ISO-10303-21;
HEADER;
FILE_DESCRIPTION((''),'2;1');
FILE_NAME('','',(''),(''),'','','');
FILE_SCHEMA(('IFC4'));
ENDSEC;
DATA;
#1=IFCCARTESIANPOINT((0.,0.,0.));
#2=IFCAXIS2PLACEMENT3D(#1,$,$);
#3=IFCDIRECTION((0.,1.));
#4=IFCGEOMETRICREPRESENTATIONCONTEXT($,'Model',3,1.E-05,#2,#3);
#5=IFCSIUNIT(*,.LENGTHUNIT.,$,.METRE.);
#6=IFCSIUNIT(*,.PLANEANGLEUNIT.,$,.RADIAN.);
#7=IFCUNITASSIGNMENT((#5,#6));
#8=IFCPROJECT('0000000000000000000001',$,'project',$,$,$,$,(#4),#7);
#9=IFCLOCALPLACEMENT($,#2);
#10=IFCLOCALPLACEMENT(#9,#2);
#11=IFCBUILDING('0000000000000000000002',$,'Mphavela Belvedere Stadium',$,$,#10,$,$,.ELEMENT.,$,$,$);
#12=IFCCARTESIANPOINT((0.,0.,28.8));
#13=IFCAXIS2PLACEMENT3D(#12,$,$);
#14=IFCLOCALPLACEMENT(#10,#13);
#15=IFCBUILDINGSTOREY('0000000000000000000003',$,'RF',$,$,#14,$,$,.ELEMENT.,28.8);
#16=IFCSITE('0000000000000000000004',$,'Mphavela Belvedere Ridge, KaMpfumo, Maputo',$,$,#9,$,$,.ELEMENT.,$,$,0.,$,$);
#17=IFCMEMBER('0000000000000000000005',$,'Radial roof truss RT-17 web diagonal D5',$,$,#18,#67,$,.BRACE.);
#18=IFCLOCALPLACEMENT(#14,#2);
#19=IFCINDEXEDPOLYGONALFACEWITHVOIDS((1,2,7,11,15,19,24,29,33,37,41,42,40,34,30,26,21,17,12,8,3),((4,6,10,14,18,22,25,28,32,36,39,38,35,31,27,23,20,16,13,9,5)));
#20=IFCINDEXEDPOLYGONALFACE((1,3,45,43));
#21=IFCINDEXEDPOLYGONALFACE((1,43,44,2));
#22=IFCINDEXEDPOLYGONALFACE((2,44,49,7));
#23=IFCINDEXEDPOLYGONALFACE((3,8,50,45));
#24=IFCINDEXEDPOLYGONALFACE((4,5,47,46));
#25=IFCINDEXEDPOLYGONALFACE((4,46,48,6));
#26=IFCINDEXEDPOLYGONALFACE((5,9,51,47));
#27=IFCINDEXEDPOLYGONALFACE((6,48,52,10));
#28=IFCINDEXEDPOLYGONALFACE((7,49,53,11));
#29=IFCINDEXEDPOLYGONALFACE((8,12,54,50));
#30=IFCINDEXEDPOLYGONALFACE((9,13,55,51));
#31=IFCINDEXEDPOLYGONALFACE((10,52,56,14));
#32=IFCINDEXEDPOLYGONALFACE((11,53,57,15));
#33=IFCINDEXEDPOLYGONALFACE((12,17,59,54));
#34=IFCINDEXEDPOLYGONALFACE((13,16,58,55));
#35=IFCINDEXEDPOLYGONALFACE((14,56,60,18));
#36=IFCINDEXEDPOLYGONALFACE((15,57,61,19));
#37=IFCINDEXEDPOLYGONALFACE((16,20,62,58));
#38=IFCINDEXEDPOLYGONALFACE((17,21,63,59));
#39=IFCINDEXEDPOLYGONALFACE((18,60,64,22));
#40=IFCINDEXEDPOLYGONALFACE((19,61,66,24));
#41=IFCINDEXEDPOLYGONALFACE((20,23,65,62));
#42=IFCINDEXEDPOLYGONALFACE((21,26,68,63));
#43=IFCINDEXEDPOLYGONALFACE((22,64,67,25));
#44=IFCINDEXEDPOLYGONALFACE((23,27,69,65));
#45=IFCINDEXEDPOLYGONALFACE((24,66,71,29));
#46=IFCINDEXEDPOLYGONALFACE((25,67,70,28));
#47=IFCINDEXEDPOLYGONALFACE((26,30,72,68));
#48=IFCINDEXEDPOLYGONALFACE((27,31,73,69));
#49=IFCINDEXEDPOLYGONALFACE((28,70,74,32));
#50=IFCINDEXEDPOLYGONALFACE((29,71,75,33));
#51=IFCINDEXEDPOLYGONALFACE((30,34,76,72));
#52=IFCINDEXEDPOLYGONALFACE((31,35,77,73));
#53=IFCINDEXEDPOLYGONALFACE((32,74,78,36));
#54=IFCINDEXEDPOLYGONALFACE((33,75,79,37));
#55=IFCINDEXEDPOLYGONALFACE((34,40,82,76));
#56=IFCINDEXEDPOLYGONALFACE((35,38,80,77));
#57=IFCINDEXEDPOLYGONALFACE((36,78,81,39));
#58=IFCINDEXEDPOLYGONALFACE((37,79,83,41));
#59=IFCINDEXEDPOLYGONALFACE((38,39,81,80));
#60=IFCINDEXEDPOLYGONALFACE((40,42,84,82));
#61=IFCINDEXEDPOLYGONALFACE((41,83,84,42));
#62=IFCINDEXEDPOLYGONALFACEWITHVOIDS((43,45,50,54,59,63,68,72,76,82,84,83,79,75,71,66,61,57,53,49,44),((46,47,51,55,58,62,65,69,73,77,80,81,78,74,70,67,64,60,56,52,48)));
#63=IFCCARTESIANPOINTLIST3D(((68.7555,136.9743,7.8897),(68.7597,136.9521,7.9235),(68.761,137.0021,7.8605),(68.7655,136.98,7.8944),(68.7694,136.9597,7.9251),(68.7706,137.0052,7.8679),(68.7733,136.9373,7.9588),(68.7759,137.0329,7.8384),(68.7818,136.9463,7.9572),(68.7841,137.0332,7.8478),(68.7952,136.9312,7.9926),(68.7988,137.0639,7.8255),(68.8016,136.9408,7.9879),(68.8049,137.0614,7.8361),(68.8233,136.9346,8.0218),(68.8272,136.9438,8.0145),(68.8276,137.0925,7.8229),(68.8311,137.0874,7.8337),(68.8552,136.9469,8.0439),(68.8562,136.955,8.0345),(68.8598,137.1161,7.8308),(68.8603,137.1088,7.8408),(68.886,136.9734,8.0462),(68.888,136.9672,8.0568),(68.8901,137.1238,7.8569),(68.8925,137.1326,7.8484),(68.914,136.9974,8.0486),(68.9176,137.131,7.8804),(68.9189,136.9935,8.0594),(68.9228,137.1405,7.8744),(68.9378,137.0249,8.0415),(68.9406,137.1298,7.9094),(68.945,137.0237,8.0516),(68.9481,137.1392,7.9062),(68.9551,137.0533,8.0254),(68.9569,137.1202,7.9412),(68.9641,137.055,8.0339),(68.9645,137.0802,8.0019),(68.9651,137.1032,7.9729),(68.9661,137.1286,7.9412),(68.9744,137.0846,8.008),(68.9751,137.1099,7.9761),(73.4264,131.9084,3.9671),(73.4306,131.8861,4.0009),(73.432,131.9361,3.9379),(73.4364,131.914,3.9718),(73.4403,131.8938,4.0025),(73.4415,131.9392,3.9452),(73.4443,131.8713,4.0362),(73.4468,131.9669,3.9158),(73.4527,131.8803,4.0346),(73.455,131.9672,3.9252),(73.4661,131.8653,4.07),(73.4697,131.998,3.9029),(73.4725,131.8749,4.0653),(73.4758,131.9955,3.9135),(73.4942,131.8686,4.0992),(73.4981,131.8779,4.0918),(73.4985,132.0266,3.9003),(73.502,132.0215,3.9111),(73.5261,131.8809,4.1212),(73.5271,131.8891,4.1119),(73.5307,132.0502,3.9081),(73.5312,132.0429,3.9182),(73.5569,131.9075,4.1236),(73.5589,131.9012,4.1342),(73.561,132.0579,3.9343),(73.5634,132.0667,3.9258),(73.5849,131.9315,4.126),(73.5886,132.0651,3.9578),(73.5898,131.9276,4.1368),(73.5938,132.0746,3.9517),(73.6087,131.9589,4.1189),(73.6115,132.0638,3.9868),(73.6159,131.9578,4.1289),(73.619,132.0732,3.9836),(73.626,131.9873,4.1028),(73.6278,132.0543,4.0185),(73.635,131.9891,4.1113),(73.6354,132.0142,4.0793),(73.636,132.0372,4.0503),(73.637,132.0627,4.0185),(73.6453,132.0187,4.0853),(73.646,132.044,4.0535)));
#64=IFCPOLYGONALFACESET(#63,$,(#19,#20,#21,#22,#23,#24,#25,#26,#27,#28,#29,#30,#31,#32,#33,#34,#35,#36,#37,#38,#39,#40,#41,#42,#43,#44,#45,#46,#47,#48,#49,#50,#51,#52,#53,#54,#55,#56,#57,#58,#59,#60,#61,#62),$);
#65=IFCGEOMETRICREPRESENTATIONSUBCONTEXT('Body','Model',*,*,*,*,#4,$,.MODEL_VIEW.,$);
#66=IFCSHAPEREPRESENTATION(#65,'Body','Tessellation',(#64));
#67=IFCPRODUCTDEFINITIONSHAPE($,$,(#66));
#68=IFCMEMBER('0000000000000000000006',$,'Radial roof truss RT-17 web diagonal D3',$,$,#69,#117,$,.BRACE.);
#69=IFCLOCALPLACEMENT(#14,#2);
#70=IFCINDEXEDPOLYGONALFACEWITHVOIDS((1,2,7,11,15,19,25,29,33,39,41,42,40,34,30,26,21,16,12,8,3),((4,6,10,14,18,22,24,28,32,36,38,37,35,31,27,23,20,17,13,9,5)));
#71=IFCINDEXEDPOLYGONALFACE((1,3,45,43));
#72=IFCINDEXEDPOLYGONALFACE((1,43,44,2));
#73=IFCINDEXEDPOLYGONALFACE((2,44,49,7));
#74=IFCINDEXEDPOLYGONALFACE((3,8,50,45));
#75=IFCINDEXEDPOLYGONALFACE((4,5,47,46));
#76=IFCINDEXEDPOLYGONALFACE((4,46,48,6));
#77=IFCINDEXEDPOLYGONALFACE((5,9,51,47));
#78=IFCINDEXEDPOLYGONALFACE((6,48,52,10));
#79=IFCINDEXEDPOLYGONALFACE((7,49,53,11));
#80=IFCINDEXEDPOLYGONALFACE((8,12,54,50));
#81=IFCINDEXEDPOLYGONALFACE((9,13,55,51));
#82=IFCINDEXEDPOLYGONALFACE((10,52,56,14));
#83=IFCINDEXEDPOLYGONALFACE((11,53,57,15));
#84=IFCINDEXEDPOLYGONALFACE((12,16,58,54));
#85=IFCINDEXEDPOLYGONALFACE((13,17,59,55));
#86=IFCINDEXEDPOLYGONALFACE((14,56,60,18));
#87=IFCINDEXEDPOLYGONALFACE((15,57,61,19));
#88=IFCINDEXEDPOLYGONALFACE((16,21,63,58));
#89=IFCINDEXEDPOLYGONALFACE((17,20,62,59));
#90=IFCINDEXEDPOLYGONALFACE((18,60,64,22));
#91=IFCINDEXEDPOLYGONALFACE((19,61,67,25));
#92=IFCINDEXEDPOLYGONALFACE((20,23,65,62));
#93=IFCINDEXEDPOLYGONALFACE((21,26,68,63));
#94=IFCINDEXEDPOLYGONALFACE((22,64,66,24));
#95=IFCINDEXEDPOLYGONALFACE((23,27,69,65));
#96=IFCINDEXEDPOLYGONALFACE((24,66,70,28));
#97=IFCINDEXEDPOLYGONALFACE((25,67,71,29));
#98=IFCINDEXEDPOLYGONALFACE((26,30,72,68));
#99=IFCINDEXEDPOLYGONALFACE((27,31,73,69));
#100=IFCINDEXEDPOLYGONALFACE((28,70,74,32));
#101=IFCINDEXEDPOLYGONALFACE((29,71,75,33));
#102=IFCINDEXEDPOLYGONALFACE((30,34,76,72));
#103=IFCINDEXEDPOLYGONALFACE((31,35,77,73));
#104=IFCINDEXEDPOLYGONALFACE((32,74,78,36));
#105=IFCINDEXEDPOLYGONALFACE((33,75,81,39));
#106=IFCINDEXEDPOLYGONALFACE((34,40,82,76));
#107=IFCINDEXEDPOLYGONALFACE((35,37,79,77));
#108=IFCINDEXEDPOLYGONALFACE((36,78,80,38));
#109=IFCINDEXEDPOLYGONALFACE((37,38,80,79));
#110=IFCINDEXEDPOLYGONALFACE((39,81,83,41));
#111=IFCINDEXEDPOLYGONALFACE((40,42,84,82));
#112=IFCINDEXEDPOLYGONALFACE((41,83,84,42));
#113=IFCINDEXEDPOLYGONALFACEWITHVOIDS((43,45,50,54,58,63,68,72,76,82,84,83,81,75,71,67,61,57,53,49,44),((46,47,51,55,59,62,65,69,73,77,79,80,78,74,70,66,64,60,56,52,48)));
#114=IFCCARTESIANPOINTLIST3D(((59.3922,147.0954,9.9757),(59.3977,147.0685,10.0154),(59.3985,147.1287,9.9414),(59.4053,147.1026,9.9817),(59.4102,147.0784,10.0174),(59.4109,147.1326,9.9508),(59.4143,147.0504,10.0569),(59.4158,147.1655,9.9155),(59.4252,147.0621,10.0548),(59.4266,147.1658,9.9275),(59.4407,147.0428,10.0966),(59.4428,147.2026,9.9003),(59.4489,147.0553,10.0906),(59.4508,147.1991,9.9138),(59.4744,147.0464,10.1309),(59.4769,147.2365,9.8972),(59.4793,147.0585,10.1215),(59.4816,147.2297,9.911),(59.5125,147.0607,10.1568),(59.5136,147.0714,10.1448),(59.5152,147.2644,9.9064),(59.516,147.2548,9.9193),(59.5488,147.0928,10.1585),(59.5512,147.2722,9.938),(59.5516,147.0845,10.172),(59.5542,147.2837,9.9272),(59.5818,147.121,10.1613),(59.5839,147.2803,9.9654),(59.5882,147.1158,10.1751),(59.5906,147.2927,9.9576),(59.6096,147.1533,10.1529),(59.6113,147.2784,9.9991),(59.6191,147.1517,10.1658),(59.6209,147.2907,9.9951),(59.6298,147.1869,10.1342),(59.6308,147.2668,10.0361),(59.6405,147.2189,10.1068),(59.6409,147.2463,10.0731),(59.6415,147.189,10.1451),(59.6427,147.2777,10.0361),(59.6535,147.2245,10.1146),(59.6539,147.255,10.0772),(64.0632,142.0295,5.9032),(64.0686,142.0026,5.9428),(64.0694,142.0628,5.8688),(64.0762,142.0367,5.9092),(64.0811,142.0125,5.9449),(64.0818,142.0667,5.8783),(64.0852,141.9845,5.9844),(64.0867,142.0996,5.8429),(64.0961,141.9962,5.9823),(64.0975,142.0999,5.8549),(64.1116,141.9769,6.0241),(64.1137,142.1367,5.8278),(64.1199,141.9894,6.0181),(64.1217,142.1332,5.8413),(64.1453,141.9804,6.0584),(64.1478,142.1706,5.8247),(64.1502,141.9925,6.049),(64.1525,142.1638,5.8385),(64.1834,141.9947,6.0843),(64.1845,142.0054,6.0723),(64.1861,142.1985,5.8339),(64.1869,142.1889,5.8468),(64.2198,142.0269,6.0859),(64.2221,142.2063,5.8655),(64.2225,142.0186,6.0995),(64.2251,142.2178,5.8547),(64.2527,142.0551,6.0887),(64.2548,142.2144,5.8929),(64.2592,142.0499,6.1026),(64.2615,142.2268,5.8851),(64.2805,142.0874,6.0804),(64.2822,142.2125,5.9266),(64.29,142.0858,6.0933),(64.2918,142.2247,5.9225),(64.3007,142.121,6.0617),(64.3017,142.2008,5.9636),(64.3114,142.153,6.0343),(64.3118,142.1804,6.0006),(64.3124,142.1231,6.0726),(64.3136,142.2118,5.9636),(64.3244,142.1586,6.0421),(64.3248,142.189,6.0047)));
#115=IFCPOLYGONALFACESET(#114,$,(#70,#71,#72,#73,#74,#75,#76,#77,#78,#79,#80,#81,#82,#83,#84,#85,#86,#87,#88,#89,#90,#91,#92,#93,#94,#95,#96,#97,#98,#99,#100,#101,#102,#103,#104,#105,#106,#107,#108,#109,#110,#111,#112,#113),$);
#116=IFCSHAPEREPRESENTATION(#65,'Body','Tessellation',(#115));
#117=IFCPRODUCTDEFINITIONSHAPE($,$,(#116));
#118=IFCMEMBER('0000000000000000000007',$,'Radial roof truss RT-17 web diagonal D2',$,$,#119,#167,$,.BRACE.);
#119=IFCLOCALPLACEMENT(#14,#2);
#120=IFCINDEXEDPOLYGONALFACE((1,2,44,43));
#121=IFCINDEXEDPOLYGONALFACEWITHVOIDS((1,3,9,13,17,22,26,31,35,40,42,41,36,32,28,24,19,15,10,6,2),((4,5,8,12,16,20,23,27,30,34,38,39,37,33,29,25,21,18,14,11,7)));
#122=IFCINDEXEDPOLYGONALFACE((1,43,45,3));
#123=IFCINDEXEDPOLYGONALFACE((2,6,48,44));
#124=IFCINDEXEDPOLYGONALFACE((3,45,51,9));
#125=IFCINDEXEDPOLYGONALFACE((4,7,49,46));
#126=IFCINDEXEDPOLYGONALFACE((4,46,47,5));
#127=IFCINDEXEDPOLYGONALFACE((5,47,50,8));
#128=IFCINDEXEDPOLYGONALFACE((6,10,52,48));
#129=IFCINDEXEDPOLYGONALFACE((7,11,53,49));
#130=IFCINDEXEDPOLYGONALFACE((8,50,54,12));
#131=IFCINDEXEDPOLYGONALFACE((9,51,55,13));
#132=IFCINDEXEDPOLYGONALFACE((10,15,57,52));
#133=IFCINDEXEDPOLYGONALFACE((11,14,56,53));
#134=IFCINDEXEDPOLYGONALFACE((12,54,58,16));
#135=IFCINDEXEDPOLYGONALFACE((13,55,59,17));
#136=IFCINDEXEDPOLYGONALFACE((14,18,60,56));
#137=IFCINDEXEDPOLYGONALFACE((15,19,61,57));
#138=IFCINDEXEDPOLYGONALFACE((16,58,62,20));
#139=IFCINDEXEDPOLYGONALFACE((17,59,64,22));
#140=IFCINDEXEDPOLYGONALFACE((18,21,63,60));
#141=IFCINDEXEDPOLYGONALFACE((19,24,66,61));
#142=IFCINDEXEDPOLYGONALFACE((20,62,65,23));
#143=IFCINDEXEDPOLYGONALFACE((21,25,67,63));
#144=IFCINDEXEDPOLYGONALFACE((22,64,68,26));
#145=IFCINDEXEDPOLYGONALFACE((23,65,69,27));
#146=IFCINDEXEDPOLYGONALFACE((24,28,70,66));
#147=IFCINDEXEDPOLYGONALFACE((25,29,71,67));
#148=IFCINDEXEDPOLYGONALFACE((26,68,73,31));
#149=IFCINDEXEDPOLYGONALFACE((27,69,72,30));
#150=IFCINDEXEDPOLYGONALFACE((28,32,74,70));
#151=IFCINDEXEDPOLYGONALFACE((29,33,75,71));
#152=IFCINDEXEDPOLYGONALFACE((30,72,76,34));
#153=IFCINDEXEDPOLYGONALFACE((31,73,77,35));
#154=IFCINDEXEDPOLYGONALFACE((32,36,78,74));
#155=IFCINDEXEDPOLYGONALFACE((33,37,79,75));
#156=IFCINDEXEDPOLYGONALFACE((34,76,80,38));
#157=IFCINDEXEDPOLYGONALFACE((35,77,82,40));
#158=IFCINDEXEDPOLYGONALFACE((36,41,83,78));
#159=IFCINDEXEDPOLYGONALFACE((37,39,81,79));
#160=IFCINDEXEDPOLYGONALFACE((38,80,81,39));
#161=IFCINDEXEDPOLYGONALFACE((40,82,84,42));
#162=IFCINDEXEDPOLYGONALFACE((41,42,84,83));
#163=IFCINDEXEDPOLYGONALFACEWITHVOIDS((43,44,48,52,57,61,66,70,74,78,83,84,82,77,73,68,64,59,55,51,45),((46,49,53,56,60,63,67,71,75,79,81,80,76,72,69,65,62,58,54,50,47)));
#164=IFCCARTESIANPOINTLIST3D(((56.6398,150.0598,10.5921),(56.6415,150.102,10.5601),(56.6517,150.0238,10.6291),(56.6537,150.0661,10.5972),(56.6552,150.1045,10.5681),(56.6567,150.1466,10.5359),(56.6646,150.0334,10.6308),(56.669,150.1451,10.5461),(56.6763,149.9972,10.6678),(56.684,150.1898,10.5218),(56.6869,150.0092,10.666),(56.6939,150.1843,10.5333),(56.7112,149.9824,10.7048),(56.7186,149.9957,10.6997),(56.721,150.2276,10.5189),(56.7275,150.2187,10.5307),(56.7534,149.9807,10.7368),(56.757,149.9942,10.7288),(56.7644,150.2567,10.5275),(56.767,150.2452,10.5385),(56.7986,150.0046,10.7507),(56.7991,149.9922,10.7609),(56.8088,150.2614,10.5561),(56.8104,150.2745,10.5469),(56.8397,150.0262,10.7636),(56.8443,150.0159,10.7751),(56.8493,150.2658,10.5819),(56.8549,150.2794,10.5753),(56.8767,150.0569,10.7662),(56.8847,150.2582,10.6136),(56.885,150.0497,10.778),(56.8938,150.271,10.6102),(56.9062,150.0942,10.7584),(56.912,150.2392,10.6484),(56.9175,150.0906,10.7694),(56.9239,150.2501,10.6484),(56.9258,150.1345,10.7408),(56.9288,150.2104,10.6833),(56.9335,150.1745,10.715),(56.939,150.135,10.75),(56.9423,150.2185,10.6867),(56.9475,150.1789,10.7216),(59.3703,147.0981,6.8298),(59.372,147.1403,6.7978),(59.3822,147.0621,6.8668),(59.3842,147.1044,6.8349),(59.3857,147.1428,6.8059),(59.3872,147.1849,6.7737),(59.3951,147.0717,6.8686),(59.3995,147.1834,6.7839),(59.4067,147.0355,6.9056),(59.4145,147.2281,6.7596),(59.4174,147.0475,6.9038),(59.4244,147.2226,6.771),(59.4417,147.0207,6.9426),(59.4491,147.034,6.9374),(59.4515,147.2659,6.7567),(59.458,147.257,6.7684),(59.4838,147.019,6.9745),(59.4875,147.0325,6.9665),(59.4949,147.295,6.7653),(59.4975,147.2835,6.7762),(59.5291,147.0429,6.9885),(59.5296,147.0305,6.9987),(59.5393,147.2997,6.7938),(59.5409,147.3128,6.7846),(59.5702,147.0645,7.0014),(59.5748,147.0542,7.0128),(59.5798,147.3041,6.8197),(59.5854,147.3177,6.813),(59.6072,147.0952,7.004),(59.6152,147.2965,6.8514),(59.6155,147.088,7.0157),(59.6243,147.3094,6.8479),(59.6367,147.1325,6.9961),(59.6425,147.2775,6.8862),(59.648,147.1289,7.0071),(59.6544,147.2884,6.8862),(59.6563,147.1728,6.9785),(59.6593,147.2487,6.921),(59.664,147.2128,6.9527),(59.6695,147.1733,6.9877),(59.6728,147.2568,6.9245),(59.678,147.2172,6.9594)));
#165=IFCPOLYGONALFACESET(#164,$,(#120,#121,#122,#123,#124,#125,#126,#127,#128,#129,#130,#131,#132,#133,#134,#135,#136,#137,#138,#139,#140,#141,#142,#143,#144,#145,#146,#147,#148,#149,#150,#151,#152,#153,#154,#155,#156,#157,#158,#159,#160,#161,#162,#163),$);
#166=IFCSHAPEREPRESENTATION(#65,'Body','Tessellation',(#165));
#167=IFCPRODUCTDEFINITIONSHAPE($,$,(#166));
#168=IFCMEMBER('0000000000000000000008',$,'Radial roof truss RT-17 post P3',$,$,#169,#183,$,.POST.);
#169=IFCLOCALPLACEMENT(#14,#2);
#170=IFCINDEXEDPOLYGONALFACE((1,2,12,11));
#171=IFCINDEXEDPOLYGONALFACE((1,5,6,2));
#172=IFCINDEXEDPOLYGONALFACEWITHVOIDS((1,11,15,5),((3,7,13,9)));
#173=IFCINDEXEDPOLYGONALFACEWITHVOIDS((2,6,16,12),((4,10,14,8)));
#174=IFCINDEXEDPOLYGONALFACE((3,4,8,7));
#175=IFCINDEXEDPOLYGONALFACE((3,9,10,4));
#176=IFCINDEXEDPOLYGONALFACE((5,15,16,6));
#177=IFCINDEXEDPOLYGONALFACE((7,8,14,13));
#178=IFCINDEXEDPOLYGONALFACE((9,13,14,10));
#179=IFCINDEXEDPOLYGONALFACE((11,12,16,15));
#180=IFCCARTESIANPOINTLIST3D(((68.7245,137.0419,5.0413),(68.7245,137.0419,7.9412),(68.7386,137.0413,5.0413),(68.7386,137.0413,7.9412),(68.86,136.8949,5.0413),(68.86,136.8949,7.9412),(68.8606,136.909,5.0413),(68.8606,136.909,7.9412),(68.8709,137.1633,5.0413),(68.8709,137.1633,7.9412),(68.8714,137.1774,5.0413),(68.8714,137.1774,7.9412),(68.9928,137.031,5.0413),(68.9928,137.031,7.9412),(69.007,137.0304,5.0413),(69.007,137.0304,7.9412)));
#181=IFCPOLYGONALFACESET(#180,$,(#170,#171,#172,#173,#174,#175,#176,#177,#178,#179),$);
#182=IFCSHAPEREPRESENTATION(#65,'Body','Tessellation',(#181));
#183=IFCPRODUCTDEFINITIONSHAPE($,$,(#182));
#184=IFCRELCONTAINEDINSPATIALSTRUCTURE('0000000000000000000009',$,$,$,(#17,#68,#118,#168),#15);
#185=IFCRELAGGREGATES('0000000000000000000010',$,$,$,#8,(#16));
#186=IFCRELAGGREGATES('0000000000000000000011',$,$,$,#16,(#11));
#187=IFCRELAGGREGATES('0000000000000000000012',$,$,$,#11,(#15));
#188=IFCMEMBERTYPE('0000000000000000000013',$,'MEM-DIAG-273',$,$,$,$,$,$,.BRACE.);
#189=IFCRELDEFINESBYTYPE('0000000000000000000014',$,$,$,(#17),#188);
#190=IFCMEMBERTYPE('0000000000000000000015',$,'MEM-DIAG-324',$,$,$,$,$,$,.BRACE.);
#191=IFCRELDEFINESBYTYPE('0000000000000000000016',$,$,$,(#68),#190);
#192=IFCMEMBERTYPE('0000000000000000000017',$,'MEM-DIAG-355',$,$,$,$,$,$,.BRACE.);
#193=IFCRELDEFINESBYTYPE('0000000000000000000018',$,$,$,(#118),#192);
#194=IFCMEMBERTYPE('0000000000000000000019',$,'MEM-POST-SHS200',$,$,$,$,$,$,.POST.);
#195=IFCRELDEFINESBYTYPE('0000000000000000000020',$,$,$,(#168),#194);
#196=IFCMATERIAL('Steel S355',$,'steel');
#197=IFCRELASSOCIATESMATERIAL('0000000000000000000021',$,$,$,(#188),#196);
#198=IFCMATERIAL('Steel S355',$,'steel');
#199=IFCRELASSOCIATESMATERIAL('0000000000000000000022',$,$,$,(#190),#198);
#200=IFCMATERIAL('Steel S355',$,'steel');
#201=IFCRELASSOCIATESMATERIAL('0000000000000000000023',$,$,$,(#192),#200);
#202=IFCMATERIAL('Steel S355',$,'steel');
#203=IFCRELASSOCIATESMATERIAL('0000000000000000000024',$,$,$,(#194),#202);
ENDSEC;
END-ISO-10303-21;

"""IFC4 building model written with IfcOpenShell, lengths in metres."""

from ifc_helpers import new_model, si_unit, direction, frame, origin, origin_2d, place, context, subcontext, project, spatial, hollow_rectangle, hollow_circle, extrude, material, material_profile, profile_set, type_object, element, save


model = new_model("IFC4")

# Units and contexts
model_context = context("Model", 3, precision=1e-05, world=origin(), true_north=direction((0.0, 1.0)))
body_context = subcontext(model_context, "Body", "Model", "MODEL_VIEW")
ifc_project = project(units=[si_unit("LENGTHUNIT", "METRE"), si_unit("PLANEANGLEUNIT", "RADIAN")], contexts=[model_context])

# Site, building, storey
site_placement = place(None, origin())
site = spatial("IfcSite", under=ifc_project, at=site_placement, Name="Mphavela Belvedere Ridge, KaMpfumo, Maputo", CompositionType="ELEMENT", RefElevation=0.0)
building_placement = place(site_placement, origin())
building = spatial("IfcBuilding", under=site, at=building_placement, Name="Mphavela Belvedere Stadium", CompositionType="ELEMENT")
storey_placement = place(building_placement, frame((0.0, 0.0, 28.8)))
storey = spatial("IfcBuildingStorey", under=building, at=storey_placement, Name="RF", CompositionType="ELEMENT", Elevation=28.8)

# Members
ifc_material_1 = material(Name="Steel S355", Category="steel")
ifc_material_profile_1 = material_profile(ifc_material_1, hollow_circle(Radius=0.1365, WallThickness=0.0125, at=origin_2d()), Name="CHS 273x12.5")
ifc_profile_set_1 = profile_set([ifc_material_profile_1], Name="Steel S355")
member_type_1 = type_object("IfcMemberType", Name="MEM-DIAG-273", PredefinedType="BRACE", material=ifc_profile_set_1)
member_1_placement = place(storey_placement, frame((68.8657, 137.0361, 7.9412), z_axis=(0.589097, -0.638917, -0.494722), x_axis=(0.735189, 0.677862, 0.0)))
element("IfcMember", 1, at=member_1_placement, inside=storey, type_object=member_type_1, Name="Radial roof truss RT-17 web diagonal D5", PredefinedType="BRACE", context=body_context, shape_type="SweptSolid", body=[
    extrude(hollow_circle(Radius=0.1365, WallThickness=0.0125, at=origin_2d()), origin(), (0.0, 0.0, 1.0), 7.929),
])
ifc_material_2 = material(Name="Steel S355", Category="steel")
ifc_material_profile_2 = material_profile(ifc_material_2, hollow_circle(Radius=0.1619, WallThickness=0.0161, at=origin_2d()), Name="CHS 323.9x16")
ifc_profile_set_2 = profile_set([ifc_material_profile_2], Name="Steel S355")
member_type_2 = type_object("IfcMemberType", Name="MEM-DIAG-324", PredefinedType="BRACE", material=ifc_profile_set_2)
member_2_placement = place(storey_placement, frame((59.5237, 147.168, 10.0361), z_axis=(0.583561, -0.632913, -0.508801), x_axis=(0.735189, 0.677862, 0.0)))
element("IfcMember", 2, at=member_2_placement, inside=storey, type_object=member_type_2, Name="Radial roof truss RT-17 web diagonal D3", PredefinedType="BRACE", context=body_context, shape_type="SweptSolid", body=[
    extrude(hollow_circle(Radius=0.1619, WallThickness=0.0161, at=origin_2d()), origin(), (0.0, 0.0, 1.0), 8.0042),
])
ifc_material_3 = material(Name="Steel S355", Category="steel")
ifc_material_profile_3 = material_profile(ifc_material_3, hollow_circle(Radius=0.1777, WallThickness=0.0161, at=origin_2d()), Name="CHS 355.6x16")
ifc_profile_set_3 = profile_set([ifc_material_profile_3], Name="Steel S355")
member_type_3 = type_object("IfcMemberType", Name="MEM-DIAG-355", PredefinedType="BRACE", material=ifc_profile_set_3)
member_3_placement = place(storey_placement, frame((56.7932, 150.1296, 10.6484), z_axis=(0.495376, -0.537322, -0.68256), x_axis=(0.735222, 0.677827, 0.0)))
element("IfcMember", 3, at=member_3_placement, inside=storey, type_object=member_type_3, Name="Radial roof truss RT-17 web diagonal D2", PredefinedType="BRACE", context=body_context, shape_type="SweptSolid", body=[
    extrude(hollow_circle(Radius=0.1777, WallThickness=0.0161, at=origin_2d()), origin(), (0.0, 0.0, 1.0), 5.512),
])
ifc_material_4 = material(Name="Steel S355", Category="steel")
ifc_material_profile_4 = material_profile(ifc_material_4, hollow_rectangle(XDim=0.2, YDim=0.2, WallThickness=0.01, at=origin_2d()), Name="SHS 200x200x10")
ifc_profile_set_4 = profile_set([ifc_material_profile_4], Name="Steel S355")
member_type_4 = type_object("IfcMemberType", Name="MEM-POST-SHS200", PredefinedType="POST", material=ifc_profile_set_4)
member_4_placement = place(storey_placement, frame((68.8657, 137.0361, 5.0413), z_axis=(0.0, 0.0, 1.0), x_axis=(-0.677903, 0.735151, 0.0)))
element("IfcMember", 4, at=member_4_placement, inside=storey, type_object=member_type_4, Name="Radial roof truss RT-17 post P3", PredefinedType="POST", context=body_context, shape_type="SweptSolid", body=[
    extrude(hollow_rectangle(XDim=0.2, YDim=0.2, WallThickness=0.01, at=origin_2d()), origin(), (0.0, 0.0, 1.0), 2.8999),
])

save(model, "model.ifc")
